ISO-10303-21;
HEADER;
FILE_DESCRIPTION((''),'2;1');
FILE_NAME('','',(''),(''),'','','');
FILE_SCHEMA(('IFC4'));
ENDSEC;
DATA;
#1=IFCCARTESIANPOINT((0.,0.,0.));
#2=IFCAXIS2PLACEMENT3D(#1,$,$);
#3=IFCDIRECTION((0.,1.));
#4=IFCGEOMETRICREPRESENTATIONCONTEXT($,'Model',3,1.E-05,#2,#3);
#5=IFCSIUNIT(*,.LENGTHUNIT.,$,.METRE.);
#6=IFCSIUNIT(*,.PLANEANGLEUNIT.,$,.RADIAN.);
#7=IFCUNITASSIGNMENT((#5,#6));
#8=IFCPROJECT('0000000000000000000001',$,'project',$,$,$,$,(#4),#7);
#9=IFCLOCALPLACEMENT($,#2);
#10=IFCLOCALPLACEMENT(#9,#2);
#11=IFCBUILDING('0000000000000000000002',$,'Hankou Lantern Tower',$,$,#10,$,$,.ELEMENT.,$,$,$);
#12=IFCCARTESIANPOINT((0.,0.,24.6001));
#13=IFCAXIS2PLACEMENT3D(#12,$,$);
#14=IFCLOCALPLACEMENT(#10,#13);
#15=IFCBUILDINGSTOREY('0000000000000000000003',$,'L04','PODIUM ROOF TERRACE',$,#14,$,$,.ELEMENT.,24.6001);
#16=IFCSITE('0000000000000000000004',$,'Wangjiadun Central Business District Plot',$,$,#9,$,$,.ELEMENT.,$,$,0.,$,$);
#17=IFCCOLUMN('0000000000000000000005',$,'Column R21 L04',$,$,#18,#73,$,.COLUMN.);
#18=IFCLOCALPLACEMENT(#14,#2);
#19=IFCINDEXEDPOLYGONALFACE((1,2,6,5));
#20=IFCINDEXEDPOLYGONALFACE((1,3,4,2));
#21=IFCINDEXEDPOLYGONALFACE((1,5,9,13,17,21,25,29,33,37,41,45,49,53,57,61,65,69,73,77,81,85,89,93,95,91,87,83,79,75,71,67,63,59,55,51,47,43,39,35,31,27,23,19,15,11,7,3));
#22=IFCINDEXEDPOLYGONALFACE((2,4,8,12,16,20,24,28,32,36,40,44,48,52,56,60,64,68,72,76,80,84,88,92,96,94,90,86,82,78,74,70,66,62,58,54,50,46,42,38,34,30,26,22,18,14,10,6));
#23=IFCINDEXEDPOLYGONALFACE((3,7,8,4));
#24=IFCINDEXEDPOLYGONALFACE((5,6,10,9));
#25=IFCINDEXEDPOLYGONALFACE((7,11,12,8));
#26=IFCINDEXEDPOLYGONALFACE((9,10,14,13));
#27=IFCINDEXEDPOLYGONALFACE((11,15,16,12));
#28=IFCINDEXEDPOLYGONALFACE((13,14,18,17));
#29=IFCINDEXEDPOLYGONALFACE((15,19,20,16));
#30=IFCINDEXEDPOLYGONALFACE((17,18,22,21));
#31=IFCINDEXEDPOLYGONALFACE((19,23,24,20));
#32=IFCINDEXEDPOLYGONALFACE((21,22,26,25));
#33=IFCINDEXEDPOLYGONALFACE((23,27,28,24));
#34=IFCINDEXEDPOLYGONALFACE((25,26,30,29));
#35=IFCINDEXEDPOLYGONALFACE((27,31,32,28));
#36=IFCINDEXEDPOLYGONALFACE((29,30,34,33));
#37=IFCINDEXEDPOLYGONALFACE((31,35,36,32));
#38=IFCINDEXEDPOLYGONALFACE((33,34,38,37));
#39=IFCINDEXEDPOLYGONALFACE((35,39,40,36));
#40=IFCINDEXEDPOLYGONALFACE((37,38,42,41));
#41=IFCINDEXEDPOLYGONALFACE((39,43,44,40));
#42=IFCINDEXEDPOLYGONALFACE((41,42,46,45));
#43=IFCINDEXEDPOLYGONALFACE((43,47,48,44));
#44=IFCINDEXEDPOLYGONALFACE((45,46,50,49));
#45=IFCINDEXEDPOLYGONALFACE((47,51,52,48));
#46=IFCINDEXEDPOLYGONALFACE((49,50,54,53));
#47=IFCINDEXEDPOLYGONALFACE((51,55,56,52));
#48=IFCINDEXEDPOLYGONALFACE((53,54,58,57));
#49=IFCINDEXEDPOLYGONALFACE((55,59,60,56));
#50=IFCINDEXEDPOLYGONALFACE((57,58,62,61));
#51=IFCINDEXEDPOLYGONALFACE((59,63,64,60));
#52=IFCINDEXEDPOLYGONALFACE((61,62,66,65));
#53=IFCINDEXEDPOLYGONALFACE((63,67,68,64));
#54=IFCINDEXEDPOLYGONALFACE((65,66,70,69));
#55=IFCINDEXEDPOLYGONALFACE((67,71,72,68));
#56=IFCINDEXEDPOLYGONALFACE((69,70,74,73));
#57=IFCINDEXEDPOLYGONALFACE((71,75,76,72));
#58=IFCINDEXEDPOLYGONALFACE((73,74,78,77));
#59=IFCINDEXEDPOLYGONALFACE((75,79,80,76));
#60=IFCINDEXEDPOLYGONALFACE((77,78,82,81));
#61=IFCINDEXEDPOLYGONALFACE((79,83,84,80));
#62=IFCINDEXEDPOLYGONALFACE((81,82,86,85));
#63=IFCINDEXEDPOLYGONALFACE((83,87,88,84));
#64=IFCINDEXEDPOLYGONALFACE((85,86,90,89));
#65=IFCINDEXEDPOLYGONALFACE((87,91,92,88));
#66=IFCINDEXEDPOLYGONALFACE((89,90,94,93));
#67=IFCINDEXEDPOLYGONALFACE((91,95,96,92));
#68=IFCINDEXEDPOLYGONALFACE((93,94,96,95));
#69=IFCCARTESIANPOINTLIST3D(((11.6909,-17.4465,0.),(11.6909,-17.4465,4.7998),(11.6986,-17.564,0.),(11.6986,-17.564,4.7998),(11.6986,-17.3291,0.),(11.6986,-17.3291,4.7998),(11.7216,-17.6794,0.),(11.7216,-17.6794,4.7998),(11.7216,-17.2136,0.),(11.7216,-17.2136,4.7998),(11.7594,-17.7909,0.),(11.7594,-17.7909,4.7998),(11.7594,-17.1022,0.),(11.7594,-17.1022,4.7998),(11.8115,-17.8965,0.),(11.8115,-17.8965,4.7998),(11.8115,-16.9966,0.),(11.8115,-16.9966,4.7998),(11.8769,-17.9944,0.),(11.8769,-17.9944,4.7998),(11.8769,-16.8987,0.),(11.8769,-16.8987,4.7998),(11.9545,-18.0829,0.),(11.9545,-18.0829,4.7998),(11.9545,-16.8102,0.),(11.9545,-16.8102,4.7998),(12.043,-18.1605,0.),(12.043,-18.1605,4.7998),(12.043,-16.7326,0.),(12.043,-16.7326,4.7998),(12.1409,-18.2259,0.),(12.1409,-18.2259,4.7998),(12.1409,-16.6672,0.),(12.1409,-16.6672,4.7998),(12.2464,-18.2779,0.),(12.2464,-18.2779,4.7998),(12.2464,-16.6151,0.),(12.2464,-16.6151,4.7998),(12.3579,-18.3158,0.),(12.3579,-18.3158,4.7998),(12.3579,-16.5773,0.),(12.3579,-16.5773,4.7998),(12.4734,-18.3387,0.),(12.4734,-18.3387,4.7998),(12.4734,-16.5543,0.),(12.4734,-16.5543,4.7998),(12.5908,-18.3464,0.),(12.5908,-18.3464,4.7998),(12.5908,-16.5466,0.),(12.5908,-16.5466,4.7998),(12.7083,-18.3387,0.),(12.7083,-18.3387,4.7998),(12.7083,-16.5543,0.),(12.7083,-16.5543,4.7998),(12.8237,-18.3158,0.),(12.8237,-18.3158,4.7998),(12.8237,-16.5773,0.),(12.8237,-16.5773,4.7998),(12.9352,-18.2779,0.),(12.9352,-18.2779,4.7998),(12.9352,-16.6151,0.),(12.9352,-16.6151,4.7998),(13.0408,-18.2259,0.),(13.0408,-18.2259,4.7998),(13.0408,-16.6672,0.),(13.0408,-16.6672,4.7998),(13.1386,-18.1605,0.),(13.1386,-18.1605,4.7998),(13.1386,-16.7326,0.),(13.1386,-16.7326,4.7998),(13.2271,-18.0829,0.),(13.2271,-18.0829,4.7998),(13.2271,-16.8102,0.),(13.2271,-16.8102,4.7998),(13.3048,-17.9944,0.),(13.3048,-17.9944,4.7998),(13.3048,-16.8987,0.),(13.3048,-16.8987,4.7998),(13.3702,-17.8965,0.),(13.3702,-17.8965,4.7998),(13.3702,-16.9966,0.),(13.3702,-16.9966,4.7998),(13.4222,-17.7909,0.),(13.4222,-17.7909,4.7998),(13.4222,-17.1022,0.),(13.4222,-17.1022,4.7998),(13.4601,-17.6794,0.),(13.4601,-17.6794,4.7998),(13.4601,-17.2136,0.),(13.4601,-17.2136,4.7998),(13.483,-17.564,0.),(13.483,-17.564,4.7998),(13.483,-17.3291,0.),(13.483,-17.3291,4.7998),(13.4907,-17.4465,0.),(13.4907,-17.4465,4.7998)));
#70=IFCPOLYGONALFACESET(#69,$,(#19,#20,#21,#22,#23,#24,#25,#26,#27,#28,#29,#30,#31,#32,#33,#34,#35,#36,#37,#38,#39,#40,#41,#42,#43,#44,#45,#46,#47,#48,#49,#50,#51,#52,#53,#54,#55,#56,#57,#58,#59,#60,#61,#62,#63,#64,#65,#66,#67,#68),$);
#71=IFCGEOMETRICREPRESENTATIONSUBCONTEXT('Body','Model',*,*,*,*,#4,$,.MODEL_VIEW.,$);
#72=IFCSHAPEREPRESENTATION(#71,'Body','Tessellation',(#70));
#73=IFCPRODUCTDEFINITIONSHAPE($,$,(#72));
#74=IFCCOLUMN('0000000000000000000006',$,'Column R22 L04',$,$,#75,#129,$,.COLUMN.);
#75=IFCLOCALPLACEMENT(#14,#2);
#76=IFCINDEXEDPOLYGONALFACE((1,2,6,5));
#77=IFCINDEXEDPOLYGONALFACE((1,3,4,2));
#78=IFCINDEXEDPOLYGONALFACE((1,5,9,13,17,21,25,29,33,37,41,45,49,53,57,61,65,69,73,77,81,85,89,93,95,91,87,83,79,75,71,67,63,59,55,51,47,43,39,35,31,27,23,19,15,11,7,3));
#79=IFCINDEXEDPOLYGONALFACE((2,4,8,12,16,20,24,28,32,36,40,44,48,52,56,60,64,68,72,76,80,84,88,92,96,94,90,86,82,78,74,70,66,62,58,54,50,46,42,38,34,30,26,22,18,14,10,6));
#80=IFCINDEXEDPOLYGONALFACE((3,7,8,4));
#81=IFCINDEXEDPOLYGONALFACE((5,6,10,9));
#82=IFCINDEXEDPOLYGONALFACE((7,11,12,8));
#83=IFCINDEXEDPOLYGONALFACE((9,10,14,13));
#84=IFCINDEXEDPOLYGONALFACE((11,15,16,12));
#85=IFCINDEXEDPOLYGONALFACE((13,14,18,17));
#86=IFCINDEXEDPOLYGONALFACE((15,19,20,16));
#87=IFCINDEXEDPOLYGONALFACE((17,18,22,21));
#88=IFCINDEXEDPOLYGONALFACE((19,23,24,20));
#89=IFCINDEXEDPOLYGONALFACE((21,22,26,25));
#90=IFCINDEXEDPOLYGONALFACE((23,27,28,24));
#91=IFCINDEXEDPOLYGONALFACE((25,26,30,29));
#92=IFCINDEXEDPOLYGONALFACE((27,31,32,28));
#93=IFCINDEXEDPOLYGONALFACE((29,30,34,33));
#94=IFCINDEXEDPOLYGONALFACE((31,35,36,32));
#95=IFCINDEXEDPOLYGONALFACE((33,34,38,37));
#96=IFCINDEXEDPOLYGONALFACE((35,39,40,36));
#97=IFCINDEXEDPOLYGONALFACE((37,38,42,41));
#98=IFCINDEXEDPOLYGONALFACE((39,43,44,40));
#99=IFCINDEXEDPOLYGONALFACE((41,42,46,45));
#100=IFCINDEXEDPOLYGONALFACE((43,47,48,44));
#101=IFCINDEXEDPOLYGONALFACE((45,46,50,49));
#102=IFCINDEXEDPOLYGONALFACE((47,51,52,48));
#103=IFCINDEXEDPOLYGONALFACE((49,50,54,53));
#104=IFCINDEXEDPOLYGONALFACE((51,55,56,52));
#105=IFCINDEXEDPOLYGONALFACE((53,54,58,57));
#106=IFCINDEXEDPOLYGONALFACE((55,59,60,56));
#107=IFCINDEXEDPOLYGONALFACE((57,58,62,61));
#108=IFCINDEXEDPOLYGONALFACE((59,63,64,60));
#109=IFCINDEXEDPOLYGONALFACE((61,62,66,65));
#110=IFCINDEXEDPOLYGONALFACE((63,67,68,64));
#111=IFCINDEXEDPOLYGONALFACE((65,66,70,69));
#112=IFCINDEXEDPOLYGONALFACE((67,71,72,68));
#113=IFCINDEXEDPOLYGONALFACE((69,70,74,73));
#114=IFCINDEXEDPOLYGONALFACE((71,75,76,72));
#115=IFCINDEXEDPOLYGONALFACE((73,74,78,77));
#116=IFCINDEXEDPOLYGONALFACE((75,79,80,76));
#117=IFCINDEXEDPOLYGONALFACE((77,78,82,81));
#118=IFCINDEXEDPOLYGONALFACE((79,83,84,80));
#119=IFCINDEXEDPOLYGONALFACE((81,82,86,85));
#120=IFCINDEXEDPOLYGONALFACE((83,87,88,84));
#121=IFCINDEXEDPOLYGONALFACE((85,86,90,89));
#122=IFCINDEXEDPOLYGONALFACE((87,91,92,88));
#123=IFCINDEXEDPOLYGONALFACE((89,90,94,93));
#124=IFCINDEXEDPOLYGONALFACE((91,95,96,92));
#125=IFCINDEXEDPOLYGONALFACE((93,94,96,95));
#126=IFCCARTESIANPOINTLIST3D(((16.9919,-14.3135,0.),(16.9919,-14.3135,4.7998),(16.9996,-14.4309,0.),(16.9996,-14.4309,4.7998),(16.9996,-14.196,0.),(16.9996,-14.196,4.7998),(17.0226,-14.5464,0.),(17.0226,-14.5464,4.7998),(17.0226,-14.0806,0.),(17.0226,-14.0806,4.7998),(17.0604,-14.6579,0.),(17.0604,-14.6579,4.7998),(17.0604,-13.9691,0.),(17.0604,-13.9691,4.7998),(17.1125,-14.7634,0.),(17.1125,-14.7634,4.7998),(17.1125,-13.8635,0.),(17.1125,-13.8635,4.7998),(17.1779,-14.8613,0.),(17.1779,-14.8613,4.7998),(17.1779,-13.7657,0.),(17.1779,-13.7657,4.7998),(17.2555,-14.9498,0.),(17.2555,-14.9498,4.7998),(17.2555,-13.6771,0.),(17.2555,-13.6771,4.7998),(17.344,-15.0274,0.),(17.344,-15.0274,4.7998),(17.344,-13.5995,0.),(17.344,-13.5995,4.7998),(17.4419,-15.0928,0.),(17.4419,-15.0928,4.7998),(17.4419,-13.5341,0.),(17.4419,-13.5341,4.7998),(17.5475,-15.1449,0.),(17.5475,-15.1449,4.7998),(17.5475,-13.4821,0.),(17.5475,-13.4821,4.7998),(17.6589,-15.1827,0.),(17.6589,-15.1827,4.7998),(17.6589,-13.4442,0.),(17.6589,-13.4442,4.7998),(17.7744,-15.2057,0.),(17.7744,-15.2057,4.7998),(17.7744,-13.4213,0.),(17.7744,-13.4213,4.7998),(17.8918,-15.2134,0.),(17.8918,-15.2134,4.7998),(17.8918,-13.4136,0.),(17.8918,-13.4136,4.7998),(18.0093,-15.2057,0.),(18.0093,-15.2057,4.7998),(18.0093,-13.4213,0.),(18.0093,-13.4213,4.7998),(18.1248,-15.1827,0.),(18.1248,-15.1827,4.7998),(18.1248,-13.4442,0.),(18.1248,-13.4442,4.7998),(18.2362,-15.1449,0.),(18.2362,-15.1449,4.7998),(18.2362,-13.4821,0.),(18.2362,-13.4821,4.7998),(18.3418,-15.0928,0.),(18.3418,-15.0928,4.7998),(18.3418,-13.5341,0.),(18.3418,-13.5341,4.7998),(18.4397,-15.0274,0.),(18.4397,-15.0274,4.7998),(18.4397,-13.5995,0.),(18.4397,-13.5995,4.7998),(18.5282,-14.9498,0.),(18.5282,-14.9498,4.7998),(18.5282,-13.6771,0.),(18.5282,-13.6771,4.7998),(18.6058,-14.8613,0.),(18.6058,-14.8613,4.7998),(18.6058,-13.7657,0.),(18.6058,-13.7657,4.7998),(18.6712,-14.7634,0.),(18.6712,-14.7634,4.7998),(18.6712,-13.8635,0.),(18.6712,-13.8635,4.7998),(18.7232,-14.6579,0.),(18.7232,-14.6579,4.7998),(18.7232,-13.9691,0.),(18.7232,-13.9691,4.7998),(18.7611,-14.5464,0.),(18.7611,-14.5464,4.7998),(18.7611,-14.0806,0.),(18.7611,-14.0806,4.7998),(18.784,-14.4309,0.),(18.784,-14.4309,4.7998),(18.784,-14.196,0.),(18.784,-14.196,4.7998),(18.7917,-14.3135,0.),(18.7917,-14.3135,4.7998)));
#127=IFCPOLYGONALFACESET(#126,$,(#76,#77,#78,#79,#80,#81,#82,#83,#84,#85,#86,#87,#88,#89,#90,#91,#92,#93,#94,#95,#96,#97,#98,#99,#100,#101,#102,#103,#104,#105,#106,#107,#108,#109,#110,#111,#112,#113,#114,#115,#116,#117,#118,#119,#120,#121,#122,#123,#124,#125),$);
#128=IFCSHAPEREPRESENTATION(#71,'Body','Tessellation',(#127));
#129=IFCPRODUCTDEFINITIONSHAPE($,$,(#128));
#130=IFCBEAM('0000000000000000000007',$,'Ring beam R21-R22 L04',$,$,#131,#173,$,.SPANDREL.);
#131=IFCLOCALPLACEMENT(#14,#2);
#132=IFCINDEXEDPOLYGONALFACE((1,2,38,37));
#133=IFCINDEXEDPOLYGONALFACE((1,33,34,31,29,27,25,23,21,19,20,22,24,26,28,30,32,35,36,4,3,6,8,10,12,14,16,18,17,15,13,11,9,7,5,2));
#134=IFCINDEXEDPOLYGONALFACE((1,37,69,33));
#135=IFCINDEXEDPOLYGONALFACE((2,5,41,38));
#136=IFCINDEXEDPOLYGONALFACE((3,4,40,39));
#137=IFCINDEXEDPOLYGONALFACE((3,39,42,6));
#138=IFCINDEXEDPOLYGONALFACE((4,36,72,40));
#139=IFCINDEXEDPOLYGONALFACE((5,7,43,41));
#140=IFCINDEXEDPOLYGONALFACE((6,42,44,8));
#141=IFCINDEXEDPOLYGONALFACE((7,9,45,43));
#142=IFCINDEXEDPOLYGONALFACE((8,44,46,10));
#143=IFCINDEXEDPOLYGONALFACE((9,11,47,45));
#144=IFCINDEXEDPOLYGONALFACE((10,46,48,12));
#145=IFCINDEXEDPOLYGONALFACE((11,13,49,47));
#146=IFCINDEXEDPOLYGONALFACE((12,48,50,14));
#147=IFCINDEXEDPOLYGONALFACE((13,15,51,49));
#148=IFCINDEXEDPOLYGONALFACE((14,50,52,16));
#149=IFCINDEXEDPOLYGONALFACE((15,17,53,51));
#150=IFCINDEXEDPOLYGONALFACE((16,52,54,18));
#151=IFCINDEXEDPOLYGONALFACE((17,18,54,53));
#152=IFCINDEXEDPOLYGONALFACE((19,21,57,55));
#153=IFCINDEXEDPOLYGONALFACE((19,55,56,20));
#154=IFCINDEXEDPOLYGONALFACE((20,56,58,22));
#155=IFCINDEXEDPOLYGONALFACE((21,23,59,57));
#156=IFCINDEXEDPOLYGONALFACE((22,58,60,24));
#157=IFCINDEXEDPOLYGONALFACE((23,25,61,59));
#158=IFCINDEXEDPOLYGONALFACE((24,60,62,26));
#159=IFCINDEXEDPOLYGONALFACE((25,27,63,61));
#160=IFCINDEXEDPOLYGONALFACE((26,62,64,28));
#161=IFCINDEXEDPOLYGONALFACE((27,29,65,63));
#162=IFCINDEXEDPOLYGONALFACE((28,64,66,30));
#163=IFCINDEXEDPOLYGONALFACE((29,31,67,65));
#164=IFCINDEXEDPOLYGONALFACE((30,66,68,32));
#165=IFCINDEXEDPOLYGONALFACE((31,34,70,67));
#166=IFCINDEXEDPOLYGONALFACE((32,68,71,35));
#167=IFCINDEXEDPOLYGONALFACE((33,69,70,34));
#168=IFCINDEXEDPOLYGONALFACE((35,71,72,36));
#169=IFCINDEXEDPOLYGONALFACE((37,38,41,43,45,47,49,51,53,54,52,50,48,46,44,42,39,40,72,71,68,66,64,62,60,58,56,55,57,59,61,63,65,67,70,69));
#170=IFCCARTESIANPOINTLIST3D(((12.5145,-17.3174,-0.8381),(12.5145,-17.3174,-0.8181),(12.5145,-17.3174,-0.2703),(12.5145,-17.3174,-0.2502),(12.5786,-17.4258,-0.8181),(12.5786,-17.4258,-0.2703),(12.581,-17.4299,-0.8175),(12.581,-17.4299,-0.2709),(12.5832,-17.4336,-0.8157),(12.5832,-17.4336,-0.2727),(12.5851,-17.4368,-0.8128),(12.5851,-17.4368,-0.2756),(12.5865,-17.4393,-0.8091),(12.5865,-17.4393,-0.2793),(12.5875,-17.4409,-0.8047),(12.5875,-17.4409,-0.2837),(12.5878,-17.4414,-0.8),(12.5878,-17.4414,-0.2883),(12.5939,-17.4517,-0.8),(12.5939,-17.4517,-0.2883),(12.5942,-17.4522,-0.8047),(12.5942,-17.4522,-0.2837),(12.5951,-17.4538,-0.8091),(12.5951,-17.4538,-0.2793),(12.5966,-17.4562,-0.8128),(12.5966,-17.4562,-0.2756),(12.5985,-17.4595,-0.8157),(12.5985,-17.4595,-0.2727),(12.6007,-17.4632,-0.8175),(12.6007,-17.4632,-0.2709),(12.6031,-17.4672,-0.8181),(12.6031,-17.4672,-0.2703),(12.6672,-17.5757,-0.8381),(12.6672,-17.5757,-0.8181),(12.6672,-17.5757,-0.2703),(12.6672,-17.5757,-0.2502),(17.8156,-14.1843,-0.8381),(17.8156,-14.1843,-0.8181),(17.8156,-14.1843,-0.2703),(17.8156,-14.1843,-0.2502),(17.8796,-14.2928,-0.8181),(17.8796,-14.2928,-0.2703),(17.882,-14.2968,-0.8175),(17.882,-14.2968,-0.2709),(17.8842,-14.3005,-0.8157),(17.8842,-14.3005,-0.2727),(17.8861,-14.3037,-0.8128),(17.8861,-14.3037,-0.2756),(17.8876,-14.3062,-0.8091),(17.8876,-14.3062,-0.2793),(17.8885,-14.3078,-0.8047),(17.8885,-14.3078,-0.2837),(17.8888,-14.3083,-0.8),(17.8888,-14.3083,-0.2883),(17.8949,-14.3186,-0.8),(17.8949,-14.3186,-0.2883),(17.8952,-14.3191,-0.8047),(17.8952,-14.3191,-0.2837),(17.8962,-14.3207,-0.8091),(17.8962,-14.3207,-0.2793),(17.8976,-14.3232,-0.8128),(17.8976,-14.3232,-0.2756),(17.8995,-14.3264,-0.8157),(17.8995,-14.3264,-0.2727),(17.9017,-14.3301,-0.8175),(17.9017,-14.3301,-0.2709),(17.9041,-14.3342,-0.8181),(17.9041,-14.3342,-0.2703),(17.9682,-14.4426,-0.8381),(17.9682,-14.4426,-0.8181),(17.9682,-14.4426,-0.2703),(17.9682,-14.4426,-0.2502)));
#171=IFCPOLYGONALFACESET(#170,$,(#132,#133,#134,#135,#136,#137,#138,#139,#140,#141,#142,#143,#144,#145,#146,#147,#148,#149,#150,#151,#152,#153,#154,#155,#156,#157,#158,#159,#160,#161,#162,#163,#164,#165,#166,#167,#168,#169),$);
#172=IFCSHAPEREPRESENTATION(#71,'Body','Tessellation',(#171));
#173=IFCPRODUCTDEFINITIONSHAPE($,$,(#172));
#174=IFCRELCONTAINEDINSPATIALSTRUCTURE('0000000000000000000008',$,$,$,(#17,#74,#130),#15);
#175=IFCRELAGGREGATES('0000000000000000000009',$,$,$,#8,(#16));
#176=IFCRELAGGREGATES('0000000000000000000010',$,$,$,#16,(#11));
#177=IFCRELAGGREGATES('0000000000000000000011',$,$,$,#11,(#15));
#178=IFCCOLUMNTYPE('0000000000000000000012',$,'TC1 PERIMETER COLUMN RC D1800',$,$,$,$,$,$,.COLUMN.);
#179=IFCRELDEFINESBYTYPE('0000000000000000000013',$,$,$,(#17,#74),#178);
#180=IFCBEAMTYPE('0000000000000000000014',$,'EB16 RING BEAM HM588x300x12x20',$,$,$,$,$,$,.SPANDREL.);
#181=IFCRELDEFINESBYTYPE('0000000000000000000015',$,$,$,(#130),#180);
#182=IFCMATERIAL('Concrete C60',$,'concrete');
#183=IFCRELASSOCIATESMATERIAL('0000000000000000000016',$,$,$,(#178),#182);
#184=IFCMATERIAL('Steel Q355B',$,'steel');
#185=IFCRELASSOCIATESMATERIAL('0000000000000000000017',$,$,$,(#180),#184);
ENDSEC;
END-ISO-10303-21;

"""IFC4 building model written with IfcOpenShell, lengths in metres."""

from ifc_helpers import new_model, si_unit, direction, frame, origin, origin_2d, place, context, subcontext, project, spatial, circle, i_section, extrude, material, material_profile, profile_set, type_object, element, save


model = new_model("IFC4")

# Units and contexts
model_context = context("Model", 3, precision=1e-05, world=origin(), true_north=direction((0.0, 1.0)))
body_context = subcontext(model_context, "Body", "Model", "MODEL_VIEW")
ifc_project = project(units=[si_unit("LENGTHUNIT", "METRE"), si_unit("PLANEANGLEUNIT", "RADIAN")], contexts=[model_context])

# Site, building, storey
site_placement = place(None, origin())
site = spatial("IfcSite", under=ifc_project, at=site_placement, Name="Wangjiadun Central Business District Plot", CompositionType="ELEMENT", RefElevation=0.0)
building_placement = place(site_placement, origin())
building = spatial("IfcBuilding", under=site, at=building_placement, Name="Hankou Lantern Tower", CompositionType="ELEMENT")
storey_placement = place(building_placement, frame((0.0, 0.0, 24.6001)))
storey = spatial("IfcBuildingStorey", under=building, at=storey_placement, Name="L04", Description="PODIUM ROOF TERRACE", CompositionType="ELEMENT", Elevation=24.6001)

# Columns
ifc_material_1 = material(Name="Concrete C60", Category="concrete")
ifc_material_profile_1 = material_profile(ifc_material_1, circle(Radius=0.8999, at=origin_2d()), Name="RC D1800")
ifc_profile_set_1 = profile_set([ifc_material_profile_1], Name="Concrete C60")
column_type = type_object("IfcColumnType", Name="TC1 PERIMETER COLUMN RC D1800", PredefinedType="COLUMN", material=ifc_profile_set_1)
for number, where, z_axis, x_axis, name in (
    (1, (12.5908, -17.4465, 0.0), (0.0, 0.0, 1.0), (1.0, 0.0, 0.0), "Column R21 L04"),
    (2, (17.8918, -14.3135, 0.0), (0.0, 0.0, 1.0), (1.0, 0.0, 0.0), "Column R22 L04"),
):
    element("IfcColumn", number, at=place(storey_placement, frame(where, z_axis=z_axis, x_axis=x_axis)), inside=storey, type_object=column_type, Name=name, PredefinedType="COLUMN", context=body_context, shape_type="SweptSolid", body=[
        extrude(circle(Radius=0.8999, at=origin_2d()), origin(), (0.0, 0.0, 1.0), 4.7998),
    ])

# Beam
ifc_material_2 = material(Name="Steel Q355B", Category="steel")
ifc_material_profile_2 = material_profile(ifc_material_2, i_section(OverallWidth=0.3, OverallDepth=0.5879, WebThickness=0.012, FlangeThickness=0.02, FilletRadius=0.0181, at=origin_2d()), Name="HM588x300x12x20")
ifc_profile_set_2 = profile_set([ifc_material_profile_2], Name="Steel Q355B")
beam_type_1 = type_object("IfcBeamType", Name="EB16 RING BEAM HM588x300x12x20", PredefinedType="SPANDREL", material=ifc_profile_set_2)
beam_1_placement = place(storey_placement, frame((12.5908, -17.4465, -0.5442), z_axis=(0.860882, 0.508805, 0.0), x_axis=(-0.508805, 0.860882, 0.0)))
element("IfcBeam", 3, at=beam_1_placement, inside=storey, type_object=beam_type_1, Name="Ring beam R21-R22 L04", PredefinedType="SPANDREL", context=body_context, shape_type="SweptSolid", body=[
    extrude(i_section(OverallWidth=0.3, OverallDepth=0.5879, WebThickness=0.012, FlangeThickness=0.02, FilletRadius=0.0181, at=origin_2d()), origin(), (0.0, 0.0, 1.0), 6.1577),
])

save(model, "model.ifc")
